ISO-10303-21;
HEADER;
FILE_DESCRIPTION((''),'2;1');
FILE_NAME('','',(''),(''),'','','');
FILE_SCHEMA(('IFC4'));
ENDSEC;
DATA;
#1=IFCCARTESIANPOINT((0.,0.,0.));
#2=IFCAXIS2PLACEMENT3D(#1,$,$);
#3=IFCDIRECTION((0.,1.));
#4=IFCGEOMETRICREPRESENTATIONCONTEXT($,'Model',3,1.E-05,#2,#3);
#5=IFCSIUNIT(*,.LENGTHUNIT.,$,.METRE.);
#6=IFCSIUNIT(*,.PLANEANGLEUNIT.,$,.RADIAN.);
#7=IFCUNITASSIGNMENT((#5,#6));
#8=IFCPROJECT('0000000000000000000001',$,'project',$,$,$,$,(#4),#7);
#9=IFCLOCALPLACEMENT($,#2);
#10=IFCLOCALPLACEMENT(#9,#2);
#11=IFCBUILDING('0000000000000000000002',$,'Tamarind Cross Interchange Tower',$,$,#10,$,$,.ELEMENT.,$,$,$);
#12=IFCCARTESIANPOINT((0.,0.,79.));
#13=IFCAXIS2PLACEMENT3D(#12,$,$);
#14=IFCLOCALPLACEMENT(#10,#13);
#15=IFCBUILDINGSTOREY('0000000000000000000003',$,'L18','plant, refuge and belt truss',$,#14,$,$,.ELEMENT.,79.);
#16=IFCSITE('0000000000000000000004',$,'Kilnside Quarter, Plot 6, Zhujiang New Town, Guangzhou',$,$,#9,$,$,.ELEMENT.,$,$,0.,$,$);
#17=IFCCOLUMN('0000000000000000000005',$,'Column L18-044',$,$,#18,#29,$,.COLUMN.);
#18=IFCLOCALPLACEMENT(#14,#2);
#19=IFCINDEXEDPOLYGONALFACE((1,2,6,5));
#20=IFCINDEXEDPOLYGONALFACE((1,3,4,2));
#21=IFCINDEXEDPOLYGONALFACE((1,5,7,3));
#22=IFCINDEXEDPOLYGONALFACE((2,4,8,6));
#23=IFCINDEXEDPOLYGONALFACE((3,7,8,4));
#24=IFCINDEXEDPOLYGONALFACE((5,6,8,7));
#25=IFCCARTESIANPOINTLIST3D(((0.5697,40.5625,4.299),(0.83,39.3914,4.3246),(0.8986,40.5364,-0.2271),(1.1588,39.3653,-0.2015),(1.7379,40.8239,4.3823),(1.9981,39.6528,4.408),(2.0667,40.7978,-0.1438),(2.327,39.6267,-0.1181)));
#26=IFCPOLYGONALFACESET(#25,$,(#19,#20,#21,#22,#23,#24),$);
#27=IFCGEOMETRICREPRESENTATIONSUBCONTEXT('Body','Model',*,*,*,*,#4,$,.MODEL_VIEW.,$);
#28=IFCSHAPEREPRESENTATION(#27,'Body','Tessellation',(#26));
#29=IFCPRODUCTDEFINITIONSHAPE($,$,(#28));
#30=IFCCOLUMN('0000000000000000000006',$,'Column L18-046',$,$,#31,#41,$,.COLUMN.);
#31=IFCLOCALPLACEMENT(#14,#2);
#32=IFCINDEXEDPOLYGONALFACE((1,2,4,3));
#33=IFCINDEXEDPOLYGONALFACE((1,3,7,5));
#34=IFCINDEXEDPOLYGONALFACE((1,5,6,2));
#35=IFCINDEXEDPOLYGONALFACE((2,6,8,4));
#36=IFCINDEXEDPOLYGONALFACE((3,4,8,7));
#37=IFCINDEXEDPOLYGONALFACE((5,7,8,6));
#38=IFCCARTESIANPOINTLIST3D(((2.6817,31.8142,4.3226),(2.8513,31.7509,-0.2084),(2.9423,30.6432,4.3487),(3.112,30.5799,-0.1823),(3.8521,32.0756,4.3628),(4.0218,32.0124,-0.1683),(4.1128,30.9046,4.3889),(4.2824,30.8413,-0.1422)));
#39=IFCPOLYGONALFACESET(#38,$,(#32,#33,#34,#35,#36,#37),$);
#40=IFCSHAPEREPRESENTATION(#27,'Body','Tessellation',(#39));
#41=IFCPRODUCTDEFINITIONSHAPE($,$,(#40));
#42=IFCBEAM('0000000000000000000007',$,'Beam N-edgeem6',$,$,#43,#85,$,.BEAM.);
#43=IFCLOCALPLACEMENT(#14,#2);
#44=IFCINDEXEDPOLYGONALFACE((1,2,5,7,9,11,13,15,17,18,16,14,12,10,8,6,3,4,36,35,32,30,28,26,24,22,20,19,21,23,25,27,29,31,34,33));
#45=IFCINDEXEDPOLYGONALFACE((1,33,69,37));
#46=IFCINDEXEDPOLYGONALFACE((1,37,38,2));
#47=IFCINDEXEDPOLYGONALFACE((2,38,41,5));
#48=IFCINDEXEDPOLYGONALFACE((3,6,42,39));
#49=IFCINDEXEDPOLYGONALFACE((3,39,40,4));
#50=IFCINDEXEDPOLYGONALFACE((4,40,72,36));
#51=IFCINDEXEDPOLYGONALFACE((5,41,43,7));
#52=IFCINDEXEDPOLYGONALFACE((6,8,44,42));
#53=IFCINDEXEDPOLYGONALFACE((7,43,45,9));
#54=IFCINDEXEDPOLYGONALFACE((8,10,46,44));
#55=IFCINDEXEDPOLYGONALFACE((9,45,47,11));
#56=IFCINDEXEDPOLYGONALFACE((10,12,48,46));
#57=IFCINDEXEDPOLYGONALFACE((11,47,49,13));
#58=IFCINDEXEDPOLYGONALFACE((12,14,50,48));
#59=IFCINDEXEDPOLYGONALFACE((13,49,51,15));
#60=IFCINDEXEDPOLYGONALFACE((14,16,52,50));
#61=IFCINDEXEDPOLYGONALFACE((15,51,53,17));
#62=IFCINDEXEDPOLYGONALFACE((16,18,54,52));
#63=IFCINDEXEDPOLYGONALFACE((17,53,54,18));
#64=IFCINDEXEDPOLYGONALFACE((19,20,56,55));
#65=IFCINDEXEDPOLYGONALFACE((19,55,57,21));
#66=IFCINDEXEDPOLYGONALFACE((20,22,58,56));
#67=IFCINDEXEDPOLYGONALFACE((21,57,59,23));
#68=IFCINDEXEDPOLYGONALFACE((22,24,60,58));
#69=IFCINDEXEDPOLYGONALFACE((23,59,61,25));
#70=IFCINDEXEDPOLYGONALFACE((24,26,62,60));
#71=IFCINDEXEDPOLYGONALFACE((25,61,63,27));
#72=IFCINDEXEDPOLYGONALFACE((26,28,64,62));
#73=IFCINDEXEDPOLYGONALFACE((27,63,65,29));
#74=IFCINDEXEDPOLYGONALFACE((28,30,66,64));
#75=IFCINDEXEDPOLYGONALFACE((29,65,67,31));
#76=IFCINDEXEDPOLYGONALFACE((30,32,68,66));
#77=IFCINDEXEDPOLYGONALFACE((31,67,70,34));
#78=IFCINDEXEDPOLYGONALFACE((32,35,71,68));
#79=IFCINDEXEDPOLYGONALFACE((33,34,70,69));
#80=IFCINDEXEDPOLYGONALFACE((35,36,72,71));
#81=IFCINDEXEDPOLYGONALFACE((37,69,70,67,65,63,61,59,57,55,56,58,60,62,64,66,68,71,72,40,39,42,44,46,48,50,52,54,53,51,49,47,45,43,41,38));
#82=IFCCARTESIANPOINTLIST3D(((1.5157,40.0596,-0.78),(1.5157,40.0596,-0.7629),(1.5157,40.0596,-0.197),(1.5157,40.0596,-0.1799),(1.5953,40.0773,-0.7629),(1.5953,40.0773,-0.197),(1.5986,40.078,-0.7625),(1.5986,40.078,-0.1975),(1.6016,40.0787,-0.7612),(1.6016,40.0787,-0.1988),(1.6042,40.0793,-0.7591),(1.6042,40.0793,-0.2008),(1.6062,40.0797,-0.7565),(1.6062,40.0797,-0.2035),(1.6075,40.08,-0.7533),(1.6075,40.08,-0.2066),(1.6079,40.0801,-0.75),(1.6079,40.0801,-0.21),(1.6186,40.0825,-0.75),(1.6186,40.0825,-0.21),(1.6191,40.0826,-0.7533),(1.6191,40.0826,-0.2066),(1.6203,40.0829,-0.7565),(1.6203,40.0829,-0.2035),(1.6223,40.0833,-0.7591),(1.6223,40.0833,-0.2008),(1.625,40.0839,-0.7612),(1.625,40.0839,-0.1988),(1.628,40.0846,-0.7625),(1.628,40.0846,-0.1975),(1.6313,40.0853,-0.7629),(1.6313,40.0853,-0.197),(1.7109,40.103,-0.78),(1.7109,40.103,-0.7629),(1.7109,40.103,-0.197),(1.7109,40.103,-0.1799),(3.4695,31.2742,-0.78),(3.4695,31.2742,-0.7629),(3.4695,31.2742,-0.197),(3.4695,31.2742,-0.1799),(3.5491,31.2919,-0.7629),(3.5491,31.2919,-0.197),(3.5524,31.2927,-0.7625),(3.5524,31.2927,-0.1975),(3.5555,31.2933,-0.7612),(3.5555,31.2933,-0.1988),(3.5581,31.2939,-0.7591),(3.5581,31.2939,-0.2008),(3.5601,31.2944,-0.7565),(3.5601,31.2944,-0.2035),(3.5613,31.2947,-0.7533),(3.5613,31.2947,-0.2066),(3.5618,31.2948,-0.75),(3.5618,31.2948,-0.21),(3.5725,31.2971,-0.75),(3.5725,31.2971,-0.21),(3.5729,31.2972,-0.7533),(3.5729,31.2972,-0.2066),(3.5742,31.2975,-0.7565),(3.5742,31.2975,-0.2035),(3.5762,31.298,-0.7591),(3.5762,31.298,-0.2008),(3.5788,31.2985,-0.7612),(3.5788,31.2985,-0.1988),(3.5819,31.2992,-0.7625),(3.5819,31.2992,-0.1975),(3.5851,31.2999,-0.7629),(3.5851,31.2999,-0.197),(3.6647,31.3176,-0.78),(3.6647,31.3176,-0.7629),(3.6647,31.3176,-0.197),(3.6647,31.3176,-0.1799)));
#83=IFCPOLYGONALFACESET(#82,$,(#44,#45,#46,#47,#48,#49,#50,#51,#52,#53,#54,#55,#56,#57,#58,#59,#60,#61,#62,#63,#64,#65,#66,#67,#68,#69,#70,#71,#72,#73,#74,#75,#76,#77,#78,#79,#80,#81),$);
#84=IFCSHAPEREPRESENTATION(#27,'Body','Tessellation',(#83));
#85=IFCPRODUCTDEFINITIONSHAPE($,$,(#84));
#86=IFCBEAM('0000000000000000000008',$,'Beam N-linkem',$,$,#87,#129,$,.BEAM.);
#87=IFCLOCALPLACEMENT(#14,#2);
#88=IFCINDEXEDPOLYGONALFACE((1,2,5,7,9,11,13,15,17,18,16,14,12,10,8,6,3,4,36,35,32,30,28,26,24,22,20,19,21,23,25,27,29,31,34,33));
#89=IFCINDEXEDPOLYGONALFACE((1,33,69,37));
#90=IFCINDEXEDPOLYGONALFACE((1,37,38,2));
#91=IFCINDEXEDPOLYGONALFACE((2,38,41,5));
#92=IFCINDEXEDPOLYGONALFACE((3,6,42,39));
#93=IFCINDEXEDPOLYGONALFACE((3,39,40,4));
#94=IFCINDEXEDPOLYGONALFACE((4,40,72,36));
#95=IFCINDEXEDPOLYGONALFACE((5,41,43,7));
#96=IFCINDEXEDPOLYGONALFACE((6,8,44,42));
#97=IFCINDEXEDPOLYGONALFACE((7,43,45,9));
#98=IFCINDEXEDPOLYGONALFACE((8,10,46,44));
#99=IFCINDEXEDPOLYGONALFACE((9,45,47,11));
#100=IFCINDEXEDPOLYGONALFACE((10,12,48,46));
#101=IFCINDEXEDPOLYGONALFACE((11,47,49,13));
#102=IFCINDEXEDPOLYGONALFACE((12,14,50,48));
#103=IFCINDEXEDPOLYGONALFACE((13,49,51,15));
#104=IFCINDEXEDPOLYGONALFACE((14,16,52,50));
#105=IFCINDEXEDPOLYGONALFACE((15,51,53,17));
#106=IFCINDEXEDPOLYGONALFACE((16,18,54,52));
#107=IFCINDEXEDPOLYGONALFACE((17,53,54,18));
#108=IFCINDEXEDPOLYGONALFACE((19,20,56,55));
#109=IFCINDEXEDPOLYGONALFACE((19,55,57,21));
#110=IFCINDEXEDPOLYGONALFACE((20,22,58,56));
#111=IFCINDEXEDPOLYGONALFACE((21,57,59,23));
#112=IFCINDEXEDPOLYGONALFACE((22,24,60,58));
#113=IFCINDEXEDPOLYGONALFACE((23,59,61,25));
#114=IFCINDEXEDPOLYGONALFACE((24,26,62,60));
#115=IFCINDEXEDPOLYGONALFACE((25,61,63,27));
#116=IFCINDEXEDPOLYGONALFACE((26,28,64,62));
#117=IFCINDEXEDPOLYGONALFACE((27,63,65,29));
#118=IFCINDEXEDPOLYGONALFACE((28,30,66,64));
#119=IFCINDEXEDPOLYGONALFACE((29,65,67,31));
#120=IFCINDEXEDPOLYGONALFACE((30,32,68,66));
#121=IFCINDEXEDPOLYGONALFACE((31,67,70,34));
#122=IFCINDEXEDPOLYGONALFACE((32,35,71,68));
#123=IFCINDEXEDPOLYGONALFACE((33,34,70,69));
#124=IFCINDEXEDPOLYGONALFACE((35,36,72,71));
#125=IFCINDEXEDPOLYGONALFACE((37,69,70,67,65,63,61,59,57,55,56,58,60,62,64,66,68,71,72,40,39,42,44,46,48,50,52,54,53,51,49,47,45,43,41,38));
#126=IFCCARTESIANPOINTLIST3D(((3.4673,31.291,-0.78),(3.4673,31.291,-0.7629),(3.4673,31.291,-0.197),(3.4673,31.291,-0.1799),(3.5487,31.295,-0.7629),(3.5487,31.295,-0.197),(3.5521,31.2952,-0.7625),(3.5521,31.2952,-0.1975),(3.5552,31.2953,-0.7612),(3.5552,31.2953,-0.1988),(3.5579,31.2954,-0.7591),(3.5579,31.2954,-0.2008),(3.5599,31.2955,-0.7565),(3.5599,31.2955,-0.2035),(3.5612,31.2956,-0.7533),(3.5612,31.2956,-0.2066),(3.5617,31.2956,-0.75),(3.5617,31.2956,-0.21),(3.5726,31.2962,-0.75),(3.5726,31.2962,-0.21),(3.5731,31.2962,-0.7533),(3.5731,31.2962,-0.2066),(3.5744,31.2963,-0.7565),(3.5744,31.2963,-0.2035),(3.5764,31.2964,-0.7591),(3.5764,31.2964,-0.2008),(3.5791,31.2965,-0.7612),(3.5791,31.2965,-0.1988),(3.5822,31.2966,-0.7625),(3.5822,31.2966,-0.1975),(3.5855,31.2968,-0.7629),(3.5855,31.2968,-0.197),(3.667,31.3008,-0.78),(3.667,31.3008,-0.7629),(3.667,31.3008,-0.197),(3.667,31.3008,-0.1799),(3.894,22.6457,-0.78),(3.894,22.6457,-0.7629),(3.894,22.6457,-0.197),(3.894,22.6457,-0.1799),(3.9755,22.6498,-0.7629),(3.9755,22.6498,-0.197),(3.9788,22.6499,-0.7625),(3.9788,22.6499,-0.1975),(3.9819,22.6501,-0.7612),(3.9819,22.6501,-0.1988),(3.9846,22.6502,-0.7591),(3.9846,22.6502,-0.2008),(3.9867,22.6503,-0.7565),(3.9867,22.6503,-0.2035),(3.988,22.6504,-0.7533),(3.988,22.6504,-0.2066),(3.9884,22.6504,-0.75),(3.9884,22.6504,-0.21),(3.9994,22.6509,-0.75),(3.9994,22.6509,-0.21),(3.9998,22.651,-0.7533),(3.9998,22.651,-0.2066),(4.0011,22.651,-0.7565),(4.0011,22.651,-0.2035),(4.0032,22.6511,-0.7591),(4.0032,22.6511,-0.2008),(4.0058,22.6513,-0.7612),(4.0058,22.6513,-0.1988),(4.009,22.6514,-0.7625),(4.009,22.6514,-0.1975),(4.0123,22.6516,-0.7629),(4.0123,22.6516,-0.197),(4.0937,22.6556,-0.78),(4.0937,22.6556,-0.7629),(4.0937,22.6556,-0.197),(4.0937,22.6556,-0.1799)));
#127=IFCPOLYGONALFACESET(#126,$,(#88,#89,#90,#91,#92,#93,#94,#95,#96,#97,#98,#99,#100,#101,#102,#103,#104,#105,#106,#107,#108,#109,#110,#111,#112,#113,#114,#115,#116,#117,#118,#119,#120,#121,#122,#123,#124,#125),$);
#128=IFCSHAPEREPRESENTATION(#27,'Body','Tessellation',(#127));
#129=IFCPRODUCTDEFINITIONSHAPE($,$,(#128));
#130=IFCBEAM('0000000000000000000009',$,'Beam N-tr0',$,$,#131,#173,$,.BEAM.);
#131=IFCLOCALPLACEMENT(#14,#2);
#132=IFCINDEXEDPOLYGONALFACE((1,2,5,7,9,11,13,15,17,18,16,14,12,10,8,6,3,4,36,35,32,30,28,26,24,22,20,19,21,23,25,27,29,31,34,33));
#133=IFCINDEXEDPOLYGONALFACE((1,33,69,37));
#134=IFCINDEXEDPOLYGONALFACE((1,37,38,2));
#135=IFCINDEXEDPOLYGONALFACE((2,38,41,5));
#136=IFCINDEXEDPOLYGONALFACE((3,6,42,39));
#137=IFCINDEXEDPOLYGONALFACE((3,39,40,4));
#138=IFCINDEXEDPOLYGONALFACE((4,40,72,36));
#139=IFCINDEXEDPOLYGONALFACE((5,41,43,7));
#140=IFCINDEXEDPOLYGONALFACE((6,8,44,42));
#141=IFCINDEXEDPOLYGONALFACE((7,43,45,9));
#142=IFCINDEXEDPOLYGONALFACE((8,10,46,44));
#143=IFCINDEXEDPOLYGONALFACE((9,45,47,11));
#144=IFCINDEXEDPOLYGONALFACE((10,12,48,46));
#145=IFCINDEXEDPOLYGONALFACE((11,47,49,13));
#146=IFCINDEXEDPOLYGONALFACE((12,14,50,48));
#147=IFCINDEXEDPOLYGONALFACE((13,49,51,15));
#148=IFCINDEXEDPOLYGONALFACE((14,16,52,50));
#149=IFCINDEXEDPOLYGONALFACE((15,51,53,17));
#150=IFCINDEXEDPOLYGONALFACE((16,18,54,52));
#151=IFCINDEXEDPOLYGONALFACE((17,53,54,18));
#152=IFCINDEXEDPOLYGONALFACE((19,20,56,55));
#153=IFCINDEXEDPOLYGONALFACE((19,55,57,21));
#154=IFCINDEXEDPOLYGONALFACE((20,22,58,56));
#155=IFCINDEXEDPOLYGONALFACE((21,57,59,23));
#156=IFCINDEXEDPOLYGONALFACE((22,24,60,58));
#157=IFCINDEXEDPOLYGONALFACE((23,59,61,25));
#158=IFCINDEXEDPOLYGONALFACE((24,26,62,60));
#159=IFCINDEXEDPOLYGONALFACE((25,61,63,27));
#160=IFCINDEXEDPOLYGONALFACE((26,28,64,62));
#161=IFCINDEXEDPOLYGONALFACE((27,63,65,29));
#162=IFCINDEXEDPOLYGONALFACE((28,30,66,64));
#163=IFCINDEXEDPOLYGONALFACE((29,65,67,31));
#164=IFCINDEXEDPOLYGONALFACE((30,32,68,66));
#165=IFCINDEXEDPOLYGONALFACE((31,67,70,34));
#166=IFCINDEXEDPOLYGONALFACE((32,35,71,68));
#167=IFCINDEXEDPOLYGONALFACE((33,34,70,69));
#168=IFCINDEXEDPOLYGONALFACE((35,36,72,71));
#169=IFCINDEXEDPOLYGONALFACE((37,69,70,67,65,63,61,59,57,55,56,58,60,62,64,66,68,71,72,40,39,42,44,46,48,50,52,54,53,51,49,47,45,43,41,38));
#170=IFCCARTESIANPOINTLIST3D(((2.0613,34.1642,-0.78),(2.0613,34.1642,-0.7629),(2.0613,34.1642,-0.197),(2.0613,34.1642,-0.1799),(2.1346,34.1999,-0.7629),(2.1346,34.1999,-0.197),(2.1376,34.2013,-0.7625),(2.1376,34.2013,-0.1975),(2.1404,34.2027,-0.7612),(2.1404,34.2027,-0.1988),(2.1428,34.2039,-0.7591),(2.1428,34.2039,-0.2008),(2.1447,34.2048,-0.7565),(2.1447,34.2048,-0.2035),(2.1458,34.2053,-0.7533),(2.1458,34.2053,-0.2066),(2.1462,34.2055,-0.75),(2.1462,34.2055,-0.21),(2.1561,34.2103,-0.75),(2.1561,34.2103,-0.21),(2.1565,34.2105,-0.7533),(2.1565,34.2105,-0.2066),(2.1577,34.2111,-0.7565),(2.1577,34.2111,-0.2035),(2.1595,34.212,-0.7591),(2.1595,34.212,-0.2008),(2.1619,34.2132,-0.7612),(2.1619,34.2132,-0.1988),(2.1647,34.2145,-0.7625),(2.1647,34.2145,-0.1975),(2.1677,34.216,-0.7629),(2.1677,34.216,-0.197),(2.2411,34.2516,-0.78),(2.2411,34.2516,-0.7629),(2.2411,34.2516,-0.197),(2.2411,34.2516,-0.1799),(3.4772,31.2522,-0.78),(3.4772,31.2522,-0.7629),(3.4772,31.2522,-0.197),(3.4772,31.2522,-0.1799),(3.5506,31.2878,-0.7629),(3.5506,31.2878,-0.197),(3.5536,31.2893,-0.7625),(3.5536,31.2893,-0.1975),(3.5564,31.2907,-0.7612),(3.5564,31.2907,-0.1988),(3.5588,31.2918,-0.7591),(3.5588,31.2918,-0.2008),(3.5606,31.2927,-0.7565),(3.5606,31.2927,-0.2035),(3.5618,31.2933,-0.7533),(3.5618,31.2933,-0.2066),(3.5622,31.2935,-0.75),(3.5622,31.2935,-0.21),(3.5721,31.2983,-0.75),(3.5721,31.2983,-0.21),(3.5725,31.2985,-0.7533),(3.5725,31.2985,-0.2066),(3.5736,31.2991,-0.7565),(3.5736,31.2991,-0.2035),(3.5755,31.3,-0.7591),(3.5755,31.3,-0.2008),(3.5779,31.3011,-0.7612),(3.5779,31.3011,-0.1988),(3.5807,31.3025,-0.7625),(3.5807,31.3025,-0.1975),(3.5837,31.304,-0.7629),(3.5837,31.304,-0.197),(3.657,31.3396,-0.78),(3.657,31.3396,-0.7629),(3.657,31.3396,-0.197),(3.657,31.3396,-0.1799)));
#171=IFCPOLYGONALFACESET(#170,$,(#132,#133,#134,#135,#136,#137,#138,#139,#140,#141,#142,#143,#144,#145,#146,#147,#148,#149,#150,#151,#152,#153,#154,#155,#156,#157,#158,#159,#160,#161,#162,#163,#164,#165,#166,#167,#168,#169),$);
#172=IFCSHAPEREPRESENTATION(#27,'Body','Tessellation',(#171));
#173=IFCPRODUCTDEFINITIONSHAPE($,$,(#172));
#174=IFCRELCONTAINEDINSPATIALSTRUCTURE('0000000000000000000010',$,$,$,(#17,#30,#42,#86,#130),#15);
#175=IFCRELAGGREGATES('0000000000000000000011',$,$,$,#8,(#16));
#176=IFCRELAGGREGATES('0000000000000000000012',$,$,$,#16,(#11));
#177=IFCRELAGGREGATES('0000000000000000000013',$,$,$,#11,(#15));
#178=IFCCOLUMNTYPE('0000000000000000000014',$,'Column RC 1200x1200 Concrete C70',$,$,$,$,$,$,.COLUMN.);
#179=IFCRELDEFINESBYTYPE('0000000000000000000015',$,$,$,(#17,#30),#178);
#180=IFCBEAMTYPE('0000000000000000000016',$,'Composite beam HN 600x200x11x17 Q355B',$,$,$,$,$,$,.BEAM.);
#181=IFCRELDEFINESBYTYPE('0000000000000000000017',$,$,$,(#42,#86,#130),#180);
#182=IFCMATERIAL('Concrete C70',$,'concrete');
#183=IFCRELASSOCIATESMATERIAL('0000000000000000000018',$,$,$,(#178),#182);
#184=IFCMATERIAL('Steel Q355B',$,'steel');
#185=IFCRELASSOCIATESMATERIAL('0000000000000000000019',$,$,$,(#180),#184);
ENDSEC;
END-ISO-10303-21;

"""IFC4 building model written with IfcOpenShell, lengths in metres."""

from ifc_helpers import new_model, si_unit, direction, frame, origin, origin_2d, place, context, subcontext, project, spatial, rectangle, i_section, extrude, material, material_profile, profile_set, type_object, element, save


model = new_model("IFC4")

# Units and contexts
model_context = context("Model", 3, precision=1e-05, world=origin(), true_north=direction((0.0, 1.0)))
body_context = subcontext(model_context, "Body", "Model", "MODEL_VIEW")
ifc_project = project(units=[si_unit("LENGTHUNIT", "METRE"), si_unit("PLANEANGLEUNIT", "RADIAN")], contexts=[model_context])

# Site, building, storey
site_placement = place(None, origin())
site = spatial("IfcSite", under=ifc_project, at=site_placement, Name="Kilnside Quarter, Plot 6, Zhujiang New Town, Guangzhou", CompositionType="ELEMENT", RefElevation=0.0)
building_placement = place(site_placement, origin())
building = spatial("IfcBuilding", under=site, at=building_placement, Name="Tamarind Cross Interchange Tower", CompositionType="ELEMENT")
storey_placement = place(building_placement, frame((0.0, 0.0, 79.0)))
storey = spatial("IfcBuildingStorey", under=building, at=storey_placement, Name="L18", Description="plant, refuge and belt truss", CompositionType="ELEMENT", Elevation=79.0)

# Columns
ifc_material_1 = material(Name="Concrete C70", Category="concrete")
ifc_material_profile_1 = material_profile(ifc_material_1, rectangle(XDim=1.2, YDim=1.2, at=origin_2d()), Name="RC 1200x1200")
ifc_profile_set_1 = profile_set([ifc_material_profile_1], Name="Concrete C70")
column_type = type_object("IfcColumnType", Name="Column RC 1200x1200 Concrete C70", PredefinedType="COLUMN", material=ifc_profile_set_1)
column_1_placement = place(storey_placement, frame((1.6128, 40.0815, -0.1726), z_axis=(-0.072465, 0.005756, 0.997354), x_axis=(0.216895, -0.975961, 0.021392)))
element("IfcColumn", 1, at=column_1_placement, inside=storey, type_object=column_type, Name="Column L18-044", PredefinedType="COLUMN", context=body_context, shape_type="SweptSolid", body=[
    extrude(rectangle(XDim=1.2, YDim=1.2, at=origin_2d()), origin(), (0.0, 0.0, 1.0), 4.5381),
])
column_2_placement = place(storey_placement, frame((3.5669, 31.2961, -0.1753), z_axis=(-0.037418, 0.013944, 0.999202), x_axis=(0.217218, -0.975881, 0.021753)))
element("IfcColumn", 2, at=column_2_placement, inside=storey, type_object=column_type, Name="Column L18-046", PredefinedType="COLUMN", context=body_context, shape_type="SweptSolid", body=[
    extrude(rectangle(XDim=1.2, YDim=1.2, at=origin_2d()), origin(), (0.0, 0.0, 1.0), 4.5347),
])

# Beams
ifc_material_2 = material(Name="Steel Q355B", Category="steel")
ifc_material_profile_2 = material_profile(ifc_material_2, i_section(OverallWidth=0.2, OverallDepth=0.6001, WebThickness=0.011, FlangeThickness=0.0171, FilletRadius=0.0129, at=origin_2d()), Name="HN 600x200x11x17")
ifc_profile_set_2 = profile_set([ifc_material_profile_2], Name="Steel Q355B")
beam_type_1 = type_object("IfcBeamType", Name="Composite beam HN 600x200x11x17 Q355B", PredefinedType="BEAM", material=ifc_profile_set_2)
beam_1_placement = place(storey_placement, frame((1.6133, 40.0813, -0.48), z_axis=(0.217094, -0.976151, 0.0), x_axis=(0.976151, 0.217094, 0.0)))
element("IfcBeam", 3, at=beam_1_placement, inside=storey, type_object=beam_type_1, Name="Beam N-edgeem6", PredefinedType="BEAM", context=body_context, shape_type="SweptSolid", body=[
    extrude(i_section(OverallWidth=0.2, OverallDepth=0.6001, WebThickness=0.011, FlangeThickness=0.0171, FilletRadius=0.0129, at=origin_2d()), origin(), (0.0, 0.0, 1.0), 9.0),
])
beam_2_placement = place(storey_placement, frame((3.5671, 31.2959, -0.48), z_axis=(0.049303, -0.998784, 0.0), x_axis=(0.998784, 0.049303, 0.0)))
element("IfcBeam", 4, at=beam_2_placement, inside=storey, type_object=beam_type_1, Name="Beam N-linkem", PredefinedType="BEAM", context=body_context, shape_type="SweptSolid", body=[
    extrude(i_section(OverallWidth=0.2, OverallDepth=0.6001, WebThickness=0.011, FlangeThickness=0.0171, FilletRadius=0.0129, at=origin_2d()), origin(), (0.0, 0.0, 1.0), 8.6558),
])
beam_3_placement = place(storey_placement, frame((3.5671, 31.2959, -0.48), z_axis=(-0.437294, 0.899318, 0.0), x_axis=(-0.899318, -0.437294, 0.0)))
element("IfcBeam", 5, at=beam_3_placement, inside=storey, type_object=beam_type_1, Name="Beam N-tr0", PredefinedType="BEAM", context=body_context, shape_type="SweptSolid", body=[
    extrude(i_section(OverallWidth=0.2, OverallDepth=0.6001, WebThickness=0.011, FlangeThickness=0.0171, FilletRadius=0.0129, at=origin_2d()), origin(), (0.0, 0.0, 1.0), 3.238),
])

save(model, "model.ifc")
